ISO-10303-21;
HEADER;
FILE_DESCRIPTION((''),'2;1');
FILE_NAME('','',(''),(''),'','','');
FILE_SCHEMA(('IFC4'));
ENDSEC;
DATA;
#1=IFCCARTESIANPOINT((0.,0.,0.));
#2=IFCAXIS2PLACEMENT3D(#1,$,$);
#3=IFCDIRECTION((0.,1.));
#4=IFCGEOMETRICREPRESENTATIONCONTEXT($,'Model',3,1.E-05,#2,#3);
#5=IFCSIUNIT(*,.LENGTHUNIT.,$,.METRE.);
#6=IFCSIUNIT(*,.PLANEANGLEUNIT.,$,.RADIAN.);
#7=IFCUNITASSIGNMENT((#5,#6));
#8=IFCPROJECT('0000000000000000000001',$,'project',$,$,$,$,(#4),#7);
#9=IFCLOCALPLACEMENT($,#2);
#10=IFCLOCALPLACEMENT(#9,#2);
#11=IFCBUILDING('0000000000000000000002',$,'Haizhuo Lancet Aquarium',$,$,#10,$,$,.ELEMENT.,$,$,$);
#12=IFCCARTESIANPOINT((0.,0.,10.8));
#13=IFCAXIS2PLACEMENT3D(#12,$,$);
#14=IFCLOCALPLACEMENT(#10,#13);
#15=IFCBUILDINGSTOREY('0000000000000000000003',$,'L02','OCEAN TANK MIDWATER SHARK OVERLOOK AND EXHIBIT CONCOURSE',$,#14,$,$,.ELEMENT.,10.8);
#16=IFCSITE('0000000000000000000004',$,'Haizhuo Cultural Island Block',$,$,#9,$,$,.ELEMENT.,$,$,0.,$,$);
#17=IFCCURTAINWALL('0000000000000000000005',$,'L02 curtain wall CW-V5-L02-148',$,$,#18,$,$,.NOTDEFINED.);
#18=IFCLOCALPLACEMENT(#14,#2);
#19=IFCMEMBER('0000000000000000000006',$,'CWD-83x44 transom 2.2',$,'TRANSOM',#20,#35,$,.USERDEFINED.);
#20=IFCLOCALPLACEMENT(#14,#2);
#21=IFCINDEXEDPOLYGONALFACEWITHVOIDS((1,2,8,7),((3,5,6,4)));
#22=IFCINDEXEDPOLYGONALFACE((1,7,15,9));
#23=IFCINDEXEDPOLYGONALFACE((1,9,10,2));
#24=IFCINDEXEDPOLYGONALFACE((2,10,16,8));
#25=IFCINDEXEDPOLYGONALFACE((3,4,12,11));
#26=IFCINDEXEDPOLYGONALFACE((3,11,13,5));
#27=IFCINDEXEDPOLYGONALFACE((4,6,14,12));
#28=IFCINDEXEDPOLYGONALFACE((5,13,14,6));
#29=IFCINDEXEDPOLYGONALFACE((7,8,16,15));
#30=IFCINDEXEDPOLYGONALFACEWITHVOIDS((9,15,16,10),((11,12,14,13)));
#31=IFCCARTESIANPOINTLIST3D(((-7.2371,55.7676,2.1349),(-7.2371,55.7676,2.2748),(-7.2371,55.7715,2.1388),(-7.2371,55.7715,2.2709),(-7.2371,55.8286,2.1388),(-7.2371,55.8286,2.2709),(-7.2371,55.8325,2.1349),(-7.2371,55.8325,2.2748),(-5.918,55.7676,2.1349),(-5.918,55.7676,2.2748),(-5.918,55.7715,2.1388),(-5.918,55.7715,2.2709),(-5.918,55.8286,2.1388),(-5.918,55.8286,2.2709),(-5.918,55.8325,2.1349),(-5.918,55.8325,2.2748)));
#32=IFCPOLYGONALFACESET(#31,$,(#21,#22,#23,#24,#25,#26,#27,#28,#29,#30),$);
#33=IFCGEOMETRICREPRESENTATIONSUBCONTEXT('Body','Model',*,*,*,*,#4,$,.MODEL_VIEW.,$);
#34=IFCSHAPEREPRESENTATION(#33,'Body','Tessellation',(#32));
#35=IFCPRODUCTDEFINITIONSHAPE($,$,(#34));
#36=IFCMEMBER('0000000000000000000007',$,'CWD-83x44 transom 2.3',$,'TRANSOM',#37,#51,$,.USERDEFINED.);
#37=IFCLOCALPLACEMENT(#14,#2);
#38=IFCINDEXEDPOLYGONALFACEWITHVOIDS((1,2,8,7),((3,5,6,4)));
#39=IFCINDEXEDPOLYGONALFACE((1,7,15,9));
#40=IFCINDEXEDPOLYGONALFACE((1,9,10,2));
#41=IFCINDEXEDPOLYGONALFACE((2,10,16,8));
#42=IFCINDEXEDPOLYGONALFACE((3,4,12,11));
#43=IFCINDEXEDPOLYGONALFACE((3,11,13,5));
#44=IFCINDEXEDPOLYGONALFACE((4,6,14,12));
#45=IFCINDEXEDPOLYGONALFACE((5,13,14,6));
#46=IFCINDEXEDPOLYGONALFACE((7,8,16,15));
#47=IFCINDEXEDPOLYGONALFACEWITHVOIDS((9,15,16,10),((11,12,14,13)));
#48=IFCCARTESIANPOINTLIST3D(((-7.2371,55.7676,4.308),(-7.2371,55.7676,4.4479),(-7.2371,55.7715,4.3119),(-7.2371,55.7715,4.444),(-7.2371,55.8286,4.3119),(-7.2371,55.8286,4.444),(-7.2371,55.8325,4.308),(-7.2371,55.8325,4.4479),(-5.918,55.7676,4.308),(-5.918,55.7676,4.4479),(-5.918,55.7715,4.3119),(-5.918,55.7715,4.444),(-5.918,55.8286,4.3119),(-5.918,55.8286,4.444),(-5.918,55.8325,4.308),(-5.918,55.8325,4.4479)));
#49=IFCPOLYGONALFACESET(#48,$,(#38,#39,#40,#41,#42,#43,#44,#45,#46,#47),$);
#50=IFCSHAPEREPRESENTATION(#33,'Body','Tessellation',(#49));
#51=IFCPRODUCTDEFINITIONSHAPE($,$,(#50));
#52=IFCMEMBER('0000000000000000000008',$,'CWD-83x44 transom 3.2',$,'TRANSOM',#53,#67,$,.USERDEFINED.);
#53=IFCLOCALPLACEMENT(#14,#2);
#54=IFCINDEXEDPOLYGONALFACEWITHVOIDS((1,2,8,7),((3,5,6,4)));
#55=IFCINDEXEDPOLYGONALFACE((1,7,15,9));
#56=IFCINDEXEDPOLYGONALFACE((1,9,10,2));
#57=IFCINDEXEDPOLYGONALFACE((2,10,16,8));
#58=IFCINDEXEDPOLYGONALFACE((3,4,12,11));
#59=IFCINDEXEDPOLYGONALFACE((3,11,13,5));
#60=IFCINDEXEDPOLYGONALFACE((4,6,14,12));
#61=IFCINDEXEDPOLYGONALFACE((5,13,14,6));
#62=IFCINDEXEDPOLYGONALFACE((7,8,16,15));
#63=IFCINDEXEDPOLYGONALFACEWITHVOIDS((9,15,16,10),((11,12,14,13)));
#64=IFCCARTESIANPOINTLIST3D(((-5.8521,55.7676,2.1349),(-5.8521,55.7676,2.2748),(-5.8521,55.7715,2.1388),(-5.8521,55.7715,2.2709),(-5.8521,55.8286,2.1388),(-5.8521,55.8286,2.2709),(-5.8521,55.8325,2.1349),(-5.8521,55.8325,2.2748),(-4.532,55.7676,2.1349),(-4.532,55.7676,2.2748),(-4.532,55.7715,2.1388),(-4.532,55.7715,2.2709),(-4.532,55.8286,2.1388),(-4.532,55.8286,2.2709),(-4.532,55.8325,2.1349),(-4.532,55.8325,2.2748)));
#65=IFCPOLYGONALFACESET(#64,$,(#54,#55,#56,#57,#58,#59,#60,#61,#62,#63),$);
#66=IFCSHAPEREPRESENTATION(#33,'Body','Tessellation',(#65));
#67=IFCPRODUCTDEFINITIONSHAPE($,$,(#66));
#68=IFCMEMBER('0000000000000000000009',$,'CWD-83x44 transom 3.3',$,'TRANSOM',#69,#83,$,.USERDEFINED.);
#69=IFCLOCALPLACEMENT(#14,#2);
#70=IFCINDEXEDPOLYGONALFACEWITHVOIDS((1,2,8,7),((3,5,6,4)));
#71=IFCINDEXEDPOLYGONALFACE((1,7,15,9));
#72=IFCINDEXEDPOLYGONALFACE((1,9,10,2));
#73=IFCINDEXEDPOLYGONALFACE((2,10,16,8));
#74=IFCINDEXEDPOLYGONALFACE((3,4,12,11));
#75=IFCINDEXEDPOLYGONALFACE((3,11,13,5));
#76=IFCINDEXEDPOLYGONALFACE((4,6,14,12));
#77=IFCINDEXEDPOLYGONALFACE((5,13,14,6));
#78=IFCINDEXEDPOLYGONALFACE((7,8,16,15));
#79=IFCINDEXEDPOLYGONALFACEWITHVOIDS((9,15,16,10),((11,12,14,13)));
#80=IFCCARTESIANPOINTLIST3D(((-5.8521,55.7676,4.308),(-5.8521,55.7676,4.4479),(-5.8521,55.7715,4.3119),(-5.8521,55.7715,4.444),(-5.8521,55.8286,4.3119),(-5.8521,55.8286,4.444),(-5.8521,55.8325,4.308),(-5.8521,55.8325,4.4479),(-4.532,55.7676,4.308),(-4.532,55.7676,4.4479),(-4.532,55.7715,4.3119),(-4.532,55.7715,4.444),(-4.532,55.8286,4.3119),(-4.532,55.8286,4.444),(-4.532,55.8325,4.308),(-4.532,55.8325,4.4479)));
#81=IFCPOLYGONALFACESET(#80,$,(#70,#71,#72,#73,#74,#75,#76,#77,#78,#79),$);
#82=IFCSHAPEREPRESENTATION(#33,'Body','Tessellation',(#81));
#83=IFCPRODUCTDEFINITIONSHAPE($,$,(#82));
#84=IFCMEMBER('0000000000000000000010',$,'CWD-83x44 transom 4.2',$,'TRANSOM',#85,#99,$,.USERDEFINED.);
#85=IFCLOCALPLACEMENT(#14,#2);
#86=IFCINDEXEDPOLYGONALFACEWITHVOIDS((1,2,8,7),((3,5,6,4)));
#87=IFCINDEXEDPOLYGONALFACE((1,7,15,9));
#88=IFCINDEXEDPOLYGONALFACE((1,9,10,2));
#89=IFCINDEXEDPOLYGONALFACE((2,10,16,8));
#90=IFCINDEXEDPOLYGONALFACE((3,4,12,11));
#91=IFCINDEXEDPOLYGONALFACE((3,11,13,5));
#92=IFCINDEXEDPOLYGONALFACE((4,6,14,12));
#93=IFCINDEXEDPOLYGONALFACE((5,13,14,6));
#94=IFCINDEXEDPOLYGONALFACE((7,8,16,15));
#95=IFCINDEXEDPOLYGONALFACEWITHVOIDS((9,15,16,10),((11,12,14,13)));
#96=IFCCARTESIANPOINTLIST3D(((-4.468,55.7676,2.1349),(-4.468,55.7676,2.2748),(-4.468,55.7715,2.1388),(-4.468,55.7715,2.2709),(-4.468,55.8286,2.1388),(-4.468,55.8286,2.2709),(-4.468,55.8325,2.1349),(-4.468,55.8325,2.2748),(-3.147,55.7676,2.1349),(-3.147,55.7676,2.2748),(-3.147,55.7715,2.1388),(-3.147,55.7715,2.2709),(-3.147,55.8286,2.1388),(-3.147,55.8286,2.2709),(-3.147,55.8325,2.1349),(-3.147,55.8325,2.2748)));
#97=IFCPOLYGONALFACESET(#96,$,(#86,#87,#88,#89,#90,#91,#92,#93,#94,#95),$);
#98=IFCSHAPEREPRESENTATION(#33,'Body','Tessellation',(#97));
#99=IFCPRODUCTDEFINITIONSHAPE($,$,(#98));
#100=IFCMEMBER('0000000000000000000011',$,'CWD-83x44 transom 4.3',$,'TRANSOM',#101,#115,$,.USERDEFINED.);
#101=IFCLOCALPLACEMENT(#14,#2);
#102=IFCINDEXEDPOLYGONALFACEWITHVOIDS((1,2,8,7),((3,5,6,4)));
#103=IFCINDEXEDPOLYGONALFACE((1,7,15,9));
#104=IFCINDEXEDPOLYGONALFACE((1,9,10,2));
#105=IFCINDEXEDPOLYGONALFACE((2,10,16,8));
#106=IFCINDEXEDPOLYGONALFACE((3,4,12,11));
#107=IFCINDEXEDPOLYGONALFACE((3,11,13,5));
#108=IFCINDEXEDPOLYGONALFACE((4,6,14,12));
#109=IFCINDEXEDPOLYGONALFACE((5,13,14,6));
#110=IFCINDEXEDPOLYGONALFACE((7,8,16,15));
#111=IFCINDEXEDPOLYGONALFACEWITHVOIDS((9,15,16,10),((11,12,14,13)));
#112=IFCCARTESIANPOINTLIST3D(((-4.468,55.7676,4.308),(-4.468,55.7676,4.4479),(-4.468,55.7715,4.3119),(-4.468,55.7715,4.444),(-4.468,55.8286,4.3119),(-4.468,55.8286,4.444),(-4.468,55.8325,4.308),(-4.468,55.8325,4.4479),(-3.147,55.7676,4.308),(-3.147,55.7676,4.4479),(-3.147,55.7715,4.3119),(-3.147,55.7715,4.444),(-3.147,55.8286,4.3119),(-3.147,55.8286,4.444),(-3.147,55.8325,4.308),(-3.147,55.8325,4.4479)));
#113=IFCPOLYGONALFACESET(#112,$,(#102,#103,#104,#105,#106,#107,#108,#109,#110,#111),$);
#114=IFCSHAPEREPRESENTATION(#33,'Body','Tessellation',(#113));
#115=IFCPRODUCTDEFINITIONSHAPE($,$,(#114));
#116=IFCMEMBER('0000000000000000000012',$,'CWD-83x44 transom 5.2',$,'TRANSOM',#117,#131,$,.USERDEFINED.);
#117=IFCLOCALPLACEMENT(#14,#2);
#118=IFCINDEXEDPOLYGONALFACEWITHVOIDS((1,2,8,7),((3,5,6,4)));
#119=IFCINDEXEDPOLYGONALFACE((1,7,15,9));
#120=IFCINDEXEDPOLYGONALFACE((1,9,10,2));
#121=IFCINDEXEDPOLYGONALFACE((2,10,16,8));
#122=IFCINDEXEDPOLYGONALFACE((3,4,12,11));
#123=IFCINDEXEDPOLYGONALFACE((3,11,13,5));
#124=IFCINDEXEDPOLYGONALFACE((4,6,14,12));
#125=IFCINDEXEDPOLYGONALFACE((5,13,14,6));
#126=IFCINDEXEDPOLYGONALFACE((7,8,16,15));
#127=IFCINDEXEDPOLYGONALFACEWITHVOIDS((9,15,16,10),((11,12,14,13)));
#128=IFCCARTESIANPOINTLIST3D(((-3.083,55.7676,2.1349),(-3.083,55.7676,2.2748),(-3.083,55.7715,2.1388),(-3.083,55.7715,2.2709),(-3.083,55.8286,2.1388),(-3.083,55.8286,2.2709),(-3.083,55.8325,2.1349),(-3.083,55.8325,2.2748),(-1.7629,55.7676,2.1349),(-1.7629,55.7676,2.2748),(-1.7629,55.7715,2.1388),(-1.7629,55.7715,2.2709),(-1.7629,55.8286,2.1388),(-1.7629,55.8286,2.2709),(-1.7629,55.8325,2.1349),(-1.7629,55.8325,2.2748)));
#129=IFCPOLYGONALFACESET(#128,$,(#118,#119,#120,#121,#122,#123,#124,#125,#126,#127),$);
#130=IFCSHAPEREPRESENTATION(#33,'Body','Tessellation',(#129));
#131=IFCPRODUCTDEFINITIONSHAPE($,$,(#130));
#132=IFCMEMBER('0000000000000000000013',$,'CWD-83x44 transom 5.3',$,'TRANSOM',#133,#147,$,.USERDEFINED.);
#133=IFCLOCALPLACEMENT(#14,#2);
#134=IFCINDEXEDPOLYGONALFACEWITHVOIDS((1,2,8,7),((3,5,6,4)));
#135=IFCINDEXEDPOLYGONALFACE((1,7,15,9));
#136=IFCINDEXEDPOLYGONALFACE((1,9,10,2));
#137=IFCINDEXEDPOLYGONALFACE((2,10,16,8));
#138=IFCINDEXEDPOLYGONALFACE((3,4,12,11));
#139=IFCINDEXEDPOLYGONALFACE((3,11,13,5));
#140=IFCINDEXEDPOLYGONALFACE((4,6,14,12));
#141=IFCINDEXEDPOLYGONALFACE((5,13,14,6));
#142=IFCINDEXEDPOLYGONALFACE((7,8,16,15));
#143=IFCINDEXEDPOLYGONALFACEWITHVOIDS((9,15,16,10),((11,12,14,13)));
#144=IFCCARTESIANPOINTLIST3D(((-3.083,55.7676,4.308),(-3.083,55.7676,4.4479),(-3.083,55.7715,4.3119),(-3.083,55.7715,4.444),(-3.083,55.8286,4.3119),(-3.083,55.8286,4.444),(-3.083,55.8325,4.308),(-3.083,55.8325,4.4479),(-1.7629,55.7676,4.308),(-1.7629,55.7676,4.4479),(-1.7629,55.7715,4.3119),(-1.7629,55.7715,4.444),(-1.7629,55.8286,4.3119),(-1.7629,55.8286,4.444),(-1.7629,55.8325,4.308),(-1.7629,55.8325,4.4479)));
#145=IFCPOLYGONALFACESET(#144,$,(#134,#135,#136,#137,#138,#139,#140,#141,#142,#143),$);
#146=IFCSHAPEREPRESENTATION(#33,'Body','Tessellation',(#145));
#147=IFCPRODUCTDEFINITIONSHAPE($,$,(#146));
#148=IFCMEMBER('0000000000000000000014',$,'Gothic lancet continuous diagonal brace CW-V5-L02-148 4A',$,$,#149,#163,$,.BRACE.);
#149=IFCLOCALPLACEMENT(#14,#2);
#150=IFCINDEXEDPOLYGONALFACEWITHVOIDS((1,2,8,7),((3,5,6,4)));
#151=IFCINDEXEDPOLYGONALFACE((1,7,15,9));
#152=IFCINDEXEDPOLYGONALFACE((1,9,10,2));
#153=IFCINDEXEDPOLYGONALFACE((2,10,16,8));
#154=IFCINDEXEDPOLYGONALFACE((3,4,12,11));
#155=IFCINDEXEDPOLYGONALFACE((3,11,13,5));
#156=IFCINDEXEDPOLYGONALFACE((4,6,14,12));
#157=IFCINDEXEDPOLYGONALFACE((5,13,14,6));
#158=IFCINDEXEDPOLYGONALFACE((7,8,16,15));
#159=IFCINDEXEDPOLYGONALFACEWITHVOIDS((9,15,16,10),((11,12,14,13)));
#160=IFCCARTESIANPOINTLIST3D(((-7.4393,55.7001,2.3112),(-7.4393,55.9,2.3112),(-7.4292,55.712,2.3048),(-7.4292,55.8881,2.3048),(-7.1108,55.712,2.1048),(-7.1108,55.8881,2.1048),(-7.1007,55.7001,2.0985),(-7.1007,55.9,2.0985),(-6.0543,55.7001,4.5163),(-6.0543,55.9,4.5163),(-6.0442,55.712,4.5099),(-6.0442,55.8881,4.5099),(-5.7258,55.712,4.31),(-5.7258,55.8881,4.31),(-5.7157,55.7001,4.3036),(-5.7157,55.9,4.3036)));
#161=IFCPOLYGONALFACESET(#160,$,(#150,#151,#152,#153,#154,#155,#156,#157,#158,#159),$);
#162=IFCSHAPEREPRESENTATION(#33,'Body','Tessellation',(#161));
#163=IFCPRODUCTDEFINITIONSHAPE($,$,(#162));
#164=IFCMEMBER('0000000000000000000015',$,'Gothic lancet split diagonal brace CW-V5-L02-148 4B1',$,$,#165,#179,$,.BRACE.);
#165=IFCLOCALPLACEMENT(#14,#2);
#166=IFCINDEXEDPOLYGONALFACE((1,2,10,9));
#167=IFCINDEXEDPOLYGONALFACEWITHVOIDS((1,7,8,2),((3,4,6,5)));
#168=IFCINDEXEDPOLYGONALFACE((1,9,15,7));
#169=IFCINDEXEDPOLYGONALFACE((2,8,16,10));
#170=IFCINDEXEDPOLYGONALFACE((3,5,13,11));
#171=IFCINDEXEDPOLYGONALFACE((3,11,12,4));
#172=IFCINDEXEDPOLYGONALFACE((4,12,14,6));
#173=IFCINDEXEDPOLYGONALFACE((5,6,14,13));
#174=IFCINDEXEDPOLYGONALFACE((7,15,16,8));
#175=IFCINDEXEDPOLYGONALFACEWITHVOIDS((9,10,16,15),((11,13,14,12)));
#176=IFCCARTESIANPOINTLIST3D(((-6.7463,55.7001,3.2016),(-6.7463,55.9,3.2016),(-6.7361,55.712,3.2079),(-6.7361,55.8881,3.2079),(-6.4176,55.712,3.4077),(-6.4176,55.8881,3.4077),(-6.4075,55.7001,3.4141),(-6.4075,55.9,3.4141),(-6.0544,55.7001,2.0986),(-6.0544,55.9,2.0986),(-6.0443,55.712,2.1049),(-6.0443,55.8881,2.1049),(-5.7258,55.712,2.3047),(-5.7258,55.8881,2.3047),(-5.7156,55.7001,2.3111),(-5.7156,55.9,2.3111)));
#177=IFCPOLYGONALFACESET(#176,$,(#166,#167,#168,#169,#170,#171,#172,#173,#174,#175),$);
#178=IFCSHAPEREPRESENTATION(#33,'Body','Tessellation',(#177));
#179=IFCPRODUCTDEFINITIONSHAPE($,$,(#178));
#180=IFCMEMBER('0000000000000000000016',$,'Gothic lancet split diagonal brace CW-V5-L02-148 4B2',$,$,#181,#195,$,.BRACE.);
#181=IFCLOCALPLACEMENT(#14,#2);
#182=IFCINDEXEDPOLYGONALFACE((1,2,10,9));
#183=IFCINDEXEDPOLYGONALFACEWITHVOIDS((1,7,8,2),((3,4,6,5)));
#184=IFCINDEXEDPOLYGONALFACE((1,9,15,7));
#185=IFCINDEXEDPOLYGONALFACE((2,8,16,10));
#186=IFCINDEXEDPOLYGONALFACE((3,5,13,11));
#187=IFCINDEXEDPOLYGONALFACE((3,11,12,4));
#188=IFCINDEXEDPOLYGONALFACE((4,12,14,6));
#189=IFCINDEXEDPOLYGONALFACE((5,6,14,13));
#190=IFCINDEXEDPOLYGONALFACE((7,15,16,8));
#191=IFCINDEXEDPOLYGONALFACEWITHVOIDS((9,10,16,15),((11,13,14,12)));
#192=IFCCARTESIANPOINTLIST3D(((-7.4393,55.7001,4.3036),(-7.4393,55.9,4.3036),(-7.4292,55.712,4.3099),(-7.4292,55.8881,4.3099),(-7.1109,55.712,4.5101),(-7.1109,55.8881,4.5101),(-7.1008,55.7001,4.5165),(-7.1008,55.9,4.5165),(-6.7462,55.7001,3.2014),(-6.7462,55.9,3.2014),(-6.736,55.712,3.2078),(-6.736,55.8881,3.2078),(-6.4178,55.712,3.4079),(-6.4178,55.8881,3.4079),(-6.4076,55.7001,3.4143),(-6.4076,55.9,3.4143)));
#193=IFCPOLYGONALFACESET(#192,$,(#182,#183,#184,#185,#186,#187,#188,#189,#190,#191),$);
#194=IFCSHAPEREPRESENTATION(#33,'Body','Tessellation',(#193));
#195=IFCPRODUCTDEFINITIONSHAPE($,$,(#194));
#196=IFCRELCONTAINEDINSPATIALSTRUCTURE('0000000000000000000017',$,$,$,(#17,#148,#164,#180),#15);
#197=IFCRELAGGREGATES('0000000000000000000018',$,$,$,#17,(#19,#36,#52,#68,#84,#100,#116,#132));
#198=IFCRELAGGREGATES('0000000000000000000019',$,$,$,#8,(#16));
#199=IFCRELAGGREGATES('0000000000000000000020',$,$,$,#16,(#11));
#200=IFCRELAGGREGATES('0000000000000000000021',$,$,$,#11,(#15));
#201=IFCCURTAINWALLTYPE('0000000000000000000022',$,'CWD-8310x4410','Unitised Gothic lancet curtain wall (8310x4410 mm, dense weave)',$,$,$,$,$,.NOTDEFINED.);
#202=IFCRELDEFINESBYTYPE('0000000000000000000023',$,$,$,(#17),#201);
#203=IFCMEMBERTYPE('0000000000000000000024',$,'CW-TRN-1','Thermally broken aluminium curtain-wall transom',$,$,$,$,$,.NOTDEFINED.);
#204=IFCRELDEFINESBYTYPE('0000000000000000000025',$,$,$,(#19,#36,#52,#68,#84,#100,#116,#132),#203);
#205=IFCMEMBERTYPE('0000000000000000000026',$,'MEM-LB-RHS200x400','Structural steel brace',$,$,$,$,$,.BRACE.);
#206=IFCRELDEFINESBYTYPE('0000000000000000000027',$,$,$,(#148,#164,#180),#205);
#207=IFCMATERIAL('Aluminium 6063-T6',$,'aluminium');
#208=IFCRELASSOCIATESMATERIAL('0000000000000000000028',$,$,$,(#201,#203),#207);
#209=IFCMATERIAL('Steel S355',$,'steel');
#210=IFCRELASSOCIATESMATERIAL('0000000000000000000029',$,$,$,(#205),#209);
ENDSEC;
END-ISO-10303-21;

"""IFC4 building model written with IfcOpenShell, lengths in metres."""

from ifc_helpers import new_model, si_unit, direction, frame, origin, origin_2d, place, context, subcontext, project, spatial, hollow_rectangle, extrude, material, material_profile, profile_set, type_object, element, aggregate, save


model = new_model("IFC4")

# Units and contexts
model_context = context("Model", 3, precision=1e-05, world=origin(), true_north=direction((0.0, 1.0)))
body_context = subcontext(model_context, "Body", "Model", "MODEL_VIEW")
ifc_project = project(units=[si_unit("LENGTHUNIT", "METRE"), si_unit("PLANEANGLEUNIT", "RADIAN")], contexts=[model_context])

# Site, building, storey
site_placement = place(None, origin())
site = spatial("IfcSite", under=ifc_project, at=site_placement, Name="Haizhuo Cultural Island Block", CompositionType="ELEMENT", RefElevation=0.0)
building_placement = place(site_placement, origin())
building = spatial("IfcBuilding", under=site, at=building_placement, Name="Haizhuo Lancet Aquarium", CompositionType="ELEMENT")
storey_placement = place(building_placement, frame((0.0, 0.0, 10.8)))
storey = spatial("IfcBuildingStorey", under=building, at=storey_placement, Name="L02", Description="OCEAN TANK MIDWATER SHARK OVERLOOK AND EXHIBIT CONCOURSE", CompositionType="ELEMENT", Elevation=10.8)

# Curtain wall, members
ifc_material_1 = material(Name="Aluminium 6063-T6", Category="aluminium")
curtain_wall_type = type_object("IfcCurtainWallType", Name="CWD-8310x4410", Description="Unitised Gothic lancet curtain wall (8310x4410 mm, dense weave)", PredefinedType="NOTDEFINED", material=ifc_material_1)
curtain_wall_placement = place(storey_placement, origin())
curtain_wall = element("IfcCurtainWall", 1, at=curtain_wall_placement, inside=storey, type_object=curtain_wall_type, Name="L02 curtain wall CW-V5-L02-148", PredefinedType="NOTDEFINED")
ifc_material_profile_1 = material_profile(ifc_material_1, hollow_rectangle(XDim=0.0649, YDim=0.1399, WallThickness=0.0039, at=origin_2d()), Name="ALU-T 65x140x4")
ifc_profile_set_1 = profile_set([ifc_material_profile_1], Name="Aluminium 6063-T6")
member_type_1 = type_object("IfcMemberType", Name="CW-TRN-1", Description="Thermally broken aluminium curtain-wall transom", PredefinedType="NOTDEFINED", material=ifc_profile_set_1)
member_1_placement = place(storey_placement, frame((-7.2371, 55.8, 2.2048), z_axis=(1.0, 0.0, 0.0), x_axis=(0.0, 1.0, 0.0)))
member_1 = element("IfcMember", 2, at=member_1_placement, type_object=member_type_1, Name="CWD-83x44 transom 2.2", ObjectType="TRANSOM", PredefinedType="USERDEFINED", context=body_context, shape_type="SweptSolid", body=[
    extrude(hollow_rectangle(XDim=0.0649, YDim=0.1399, WallThickness=0.0039, at=origin_2d()), origin(), (0.0, 0.0, 1.0), 1.3191),
])
member_2_placement = place(storey_placement, frame((-7.2371, 55.8, 4.3779), z_axis=(1.0, 0.0, 0.0), x_axis=(0.0, 1.0, 0.0)))
member_2 = element("IfcMember", 3, at=member_2_placement, type_object=member_type_1, Name="CWD-83x44 transom 2.3", ObjectType="TRANSOM", PredefinedType="USERDEFINED", context=body_context, shape_type="SweptSolid", body=[
    extrude(hollow_rectangle(XDim=0.0649, YDim=0.1399, WallThickness=0.0039, at=origin_2d()), origin(), (0.0, 0.0, 1.0), 1.3191),
])
member_3_placement = place(storey_placement, frame((-5.8521, 55.8, 2.2048), z_axis=(1.0, 0.0, 0.0), x_axis=(0.0, 1.0, 0.0)))
member_3 = element("IfcMember", 4, at=member_3_placement, type_object=member_type_1, Name="CWD-83x44 transom 3.2", ObjectType="TRANSOM", PredefinedType="USERDEFINED", context=body_context, shape_type="SweptSolid", body=[
    extrude(hollow_rectangle(XDim=0.0649, YDim=0.1399, WallThickness=0.0039, at=origin_2d()), origin(), (0.0, 0.0, 1.0), 1.3201),
])
member_4_placement = place(storey_placement, frame((-5.8521, 55.8, 4.3779), z_axis=(1.0, 0.0, 0.0), x_axis=(0.0, 1.0, 0.0)))
member_4 = element("IfcMember", 5, at=member_4_placement, type_object=member_type_1, Name="CWD-83x44 transom 3.3", ObjectType="TRANSOM", PredefinedType="USERDEFINED", context=body_context, shape_type="SweptSolid", body=[
    extrude(hollow_rectangle(XDim=0.0649, YDim=0.1399, WallThickness=0.0039, at=origin_2d()), origin(), (0.0, 0.0, 1.0), 1.3201),
])
member_5_placement = place(storey_placement, frame((-4.468, 55.8, 2.2048), z_axis=(1.0, 0.0, 0.0), x_axis=(0.0, 1.0, 0.0)))
member_5 = element("IfcMember", 6, at=member_5_placement, type_object=member_type_1, Name="CWD-83x44 transom 4.2", ObjectType="TRANSOM", PredefinedType="USERDEFINED", context=body_context, shape_type="SweptSolid", body=[
    extrude(hollow_rectangle(XDim=0.0649, YDim=0.1399, WallThickness=0.0039, at=origin_2d()), origin(), (0.0, 0.0, 1.0), 1.321),
])
member_6_placement = place(storey_placement, frame((-4.468, 55.8, 4.3779), z_axis=(1.0, 0.0, 0.0), x_axis=(0.0, 1.0, 0.0)))
member_6 = element("IfcMember", 7, at=member_6_placement, type_object=member_type_1, Name="CWD-83x44 transom 4.3", ObjectType="TRANSOM", PredefinedType="USERDEFINED", context=body_context, shape_type="SweptSolid", body=[
    extrude(hollow_rectangle(XDim=0.0649, YDim=0.1399, WallThickness=0.0039, at=origin_2d()), origin(), (0.0, 0.0, 1.0), 1.321),
])
member_7_placement = place(storey_placement, frame((-3.083, 55.8, 2.2048), z_axis=(1.0, 0.0, 0.0), x_axis=(0.0, 1.0, 0.0)))
member_7 = element("IfcMember", 8, at=member_7_placement, type_object=member_type_1, Name="CWD-83x44 transom 5.2", ObjectType="TRANSOM", PredefinedType="USERDEFINED", context=body_context, shape_type="SweptSolid", body=[
    extrude(hollow_rectangle(XDim=0.0649, YDim=0.1399, WallThickness=0.0039, at=origin_2d()), origin(), (0.0, 0.0, 1.0), 1.3201),
])
member_8_placement = place(storey_placement, frame((-3.083, 55.8, 4.3779), z_axis=(1.0, 0.0, 0.0), x_axis=(0.0, 1.0, 0.0)))
member_8 = element("IfcMember", 9, at=member_8_placement, type_object=member_type_1, Name="CWD-83x44 transom 5.3", ObjectType="TRANSOM", PredefinedType="USERDEFINED", context=body_context, shape_type="SweptSolid", body=[
    extrude(hollow_rectangle(XDim=0.0649, YDim=0.1399, WallThickness=0.0039, at=origin_2d()), origin(), (0.0, 0.0, 1.0), 1.3201),
])

# Members
ifc_material_2 = material(Name="Steel S355", Category="steel")
ifc_material_profile_2 = material_profile(ifc_material_2, hollow_rectangle(XDim=0.2, YDim=0.3999, WallThickness=0.012, at=origin_2d()), Name="RHS 200x400x12")
ifc_profile_set_2 = profile_set([ifc_material_profile_2], Name="Steel S355")
member_type_2 = type_object("IfcMemberType", Name="MEM-LB-RHS200x400", Description="Structural steel brace", PredefinedType="BRACE", material=ifc_profile_set_2)
member_9_placement = place(storey_placement, frame((-7.27, 55.8, 2.2048), z_axis=(0.531885, 0.0, 0.846816), x_axis=(0.0, 1.0, 0.0)))
element("IfcMember", 10, at=member_9_placement, inside=storey, type_object=member_type_2, Name="Gothic lancet continuous diagonal brace CW-V5-L02-148 4A", PredefinedType="BRACE", context=body_context, shape_type="SweptSolid", body=[
    extrude(hollow_rectangle(XDim=0.2, YDim=0.3999, WallThickness=0.012, at=origin_2d()), origin(), (0.0, 0.0, 1.0), 2.604),
])
for number, where, z_axis, x_axis, name in (
    (11, (-5.885, 55.8, 2.2048), (-0.53138, 0.0, 0.847133), (0.0, -1.0, 0.0), "Gothic lancet split diagonal brace CW-V5-L02-148 4B1"),
    (12, (-6.5769, 55.8, 3.3079), (-0.53239, 0.0, 0.846499), (0.0, -1.0, 0.0), "Gothic lancet split diagonal brace CW-V5-L02-148 4B2"),
):
    element("IfcMember", number, at=place(storey_placement, frame(where, z_axis=z_axis, x_axis=x_axis)), inside=storey, type_object=member_type_2, Name=name, PredefinedType="BRACE", context=body_context, shape_type="SweptSolid", body=[
        extrude(hollow_rectangle(XDim=0.2, YDim=0.3999, WallThickness=0.012, at=origin_2d()), origin(), (0.0, 0.0, 1.0), 1.302),
    ])

aggregate(curtain_wall, [member_1, member_2, member_3, member_4, member_5, member_6, member_7, member_8])

save(model, "model.ifc")
